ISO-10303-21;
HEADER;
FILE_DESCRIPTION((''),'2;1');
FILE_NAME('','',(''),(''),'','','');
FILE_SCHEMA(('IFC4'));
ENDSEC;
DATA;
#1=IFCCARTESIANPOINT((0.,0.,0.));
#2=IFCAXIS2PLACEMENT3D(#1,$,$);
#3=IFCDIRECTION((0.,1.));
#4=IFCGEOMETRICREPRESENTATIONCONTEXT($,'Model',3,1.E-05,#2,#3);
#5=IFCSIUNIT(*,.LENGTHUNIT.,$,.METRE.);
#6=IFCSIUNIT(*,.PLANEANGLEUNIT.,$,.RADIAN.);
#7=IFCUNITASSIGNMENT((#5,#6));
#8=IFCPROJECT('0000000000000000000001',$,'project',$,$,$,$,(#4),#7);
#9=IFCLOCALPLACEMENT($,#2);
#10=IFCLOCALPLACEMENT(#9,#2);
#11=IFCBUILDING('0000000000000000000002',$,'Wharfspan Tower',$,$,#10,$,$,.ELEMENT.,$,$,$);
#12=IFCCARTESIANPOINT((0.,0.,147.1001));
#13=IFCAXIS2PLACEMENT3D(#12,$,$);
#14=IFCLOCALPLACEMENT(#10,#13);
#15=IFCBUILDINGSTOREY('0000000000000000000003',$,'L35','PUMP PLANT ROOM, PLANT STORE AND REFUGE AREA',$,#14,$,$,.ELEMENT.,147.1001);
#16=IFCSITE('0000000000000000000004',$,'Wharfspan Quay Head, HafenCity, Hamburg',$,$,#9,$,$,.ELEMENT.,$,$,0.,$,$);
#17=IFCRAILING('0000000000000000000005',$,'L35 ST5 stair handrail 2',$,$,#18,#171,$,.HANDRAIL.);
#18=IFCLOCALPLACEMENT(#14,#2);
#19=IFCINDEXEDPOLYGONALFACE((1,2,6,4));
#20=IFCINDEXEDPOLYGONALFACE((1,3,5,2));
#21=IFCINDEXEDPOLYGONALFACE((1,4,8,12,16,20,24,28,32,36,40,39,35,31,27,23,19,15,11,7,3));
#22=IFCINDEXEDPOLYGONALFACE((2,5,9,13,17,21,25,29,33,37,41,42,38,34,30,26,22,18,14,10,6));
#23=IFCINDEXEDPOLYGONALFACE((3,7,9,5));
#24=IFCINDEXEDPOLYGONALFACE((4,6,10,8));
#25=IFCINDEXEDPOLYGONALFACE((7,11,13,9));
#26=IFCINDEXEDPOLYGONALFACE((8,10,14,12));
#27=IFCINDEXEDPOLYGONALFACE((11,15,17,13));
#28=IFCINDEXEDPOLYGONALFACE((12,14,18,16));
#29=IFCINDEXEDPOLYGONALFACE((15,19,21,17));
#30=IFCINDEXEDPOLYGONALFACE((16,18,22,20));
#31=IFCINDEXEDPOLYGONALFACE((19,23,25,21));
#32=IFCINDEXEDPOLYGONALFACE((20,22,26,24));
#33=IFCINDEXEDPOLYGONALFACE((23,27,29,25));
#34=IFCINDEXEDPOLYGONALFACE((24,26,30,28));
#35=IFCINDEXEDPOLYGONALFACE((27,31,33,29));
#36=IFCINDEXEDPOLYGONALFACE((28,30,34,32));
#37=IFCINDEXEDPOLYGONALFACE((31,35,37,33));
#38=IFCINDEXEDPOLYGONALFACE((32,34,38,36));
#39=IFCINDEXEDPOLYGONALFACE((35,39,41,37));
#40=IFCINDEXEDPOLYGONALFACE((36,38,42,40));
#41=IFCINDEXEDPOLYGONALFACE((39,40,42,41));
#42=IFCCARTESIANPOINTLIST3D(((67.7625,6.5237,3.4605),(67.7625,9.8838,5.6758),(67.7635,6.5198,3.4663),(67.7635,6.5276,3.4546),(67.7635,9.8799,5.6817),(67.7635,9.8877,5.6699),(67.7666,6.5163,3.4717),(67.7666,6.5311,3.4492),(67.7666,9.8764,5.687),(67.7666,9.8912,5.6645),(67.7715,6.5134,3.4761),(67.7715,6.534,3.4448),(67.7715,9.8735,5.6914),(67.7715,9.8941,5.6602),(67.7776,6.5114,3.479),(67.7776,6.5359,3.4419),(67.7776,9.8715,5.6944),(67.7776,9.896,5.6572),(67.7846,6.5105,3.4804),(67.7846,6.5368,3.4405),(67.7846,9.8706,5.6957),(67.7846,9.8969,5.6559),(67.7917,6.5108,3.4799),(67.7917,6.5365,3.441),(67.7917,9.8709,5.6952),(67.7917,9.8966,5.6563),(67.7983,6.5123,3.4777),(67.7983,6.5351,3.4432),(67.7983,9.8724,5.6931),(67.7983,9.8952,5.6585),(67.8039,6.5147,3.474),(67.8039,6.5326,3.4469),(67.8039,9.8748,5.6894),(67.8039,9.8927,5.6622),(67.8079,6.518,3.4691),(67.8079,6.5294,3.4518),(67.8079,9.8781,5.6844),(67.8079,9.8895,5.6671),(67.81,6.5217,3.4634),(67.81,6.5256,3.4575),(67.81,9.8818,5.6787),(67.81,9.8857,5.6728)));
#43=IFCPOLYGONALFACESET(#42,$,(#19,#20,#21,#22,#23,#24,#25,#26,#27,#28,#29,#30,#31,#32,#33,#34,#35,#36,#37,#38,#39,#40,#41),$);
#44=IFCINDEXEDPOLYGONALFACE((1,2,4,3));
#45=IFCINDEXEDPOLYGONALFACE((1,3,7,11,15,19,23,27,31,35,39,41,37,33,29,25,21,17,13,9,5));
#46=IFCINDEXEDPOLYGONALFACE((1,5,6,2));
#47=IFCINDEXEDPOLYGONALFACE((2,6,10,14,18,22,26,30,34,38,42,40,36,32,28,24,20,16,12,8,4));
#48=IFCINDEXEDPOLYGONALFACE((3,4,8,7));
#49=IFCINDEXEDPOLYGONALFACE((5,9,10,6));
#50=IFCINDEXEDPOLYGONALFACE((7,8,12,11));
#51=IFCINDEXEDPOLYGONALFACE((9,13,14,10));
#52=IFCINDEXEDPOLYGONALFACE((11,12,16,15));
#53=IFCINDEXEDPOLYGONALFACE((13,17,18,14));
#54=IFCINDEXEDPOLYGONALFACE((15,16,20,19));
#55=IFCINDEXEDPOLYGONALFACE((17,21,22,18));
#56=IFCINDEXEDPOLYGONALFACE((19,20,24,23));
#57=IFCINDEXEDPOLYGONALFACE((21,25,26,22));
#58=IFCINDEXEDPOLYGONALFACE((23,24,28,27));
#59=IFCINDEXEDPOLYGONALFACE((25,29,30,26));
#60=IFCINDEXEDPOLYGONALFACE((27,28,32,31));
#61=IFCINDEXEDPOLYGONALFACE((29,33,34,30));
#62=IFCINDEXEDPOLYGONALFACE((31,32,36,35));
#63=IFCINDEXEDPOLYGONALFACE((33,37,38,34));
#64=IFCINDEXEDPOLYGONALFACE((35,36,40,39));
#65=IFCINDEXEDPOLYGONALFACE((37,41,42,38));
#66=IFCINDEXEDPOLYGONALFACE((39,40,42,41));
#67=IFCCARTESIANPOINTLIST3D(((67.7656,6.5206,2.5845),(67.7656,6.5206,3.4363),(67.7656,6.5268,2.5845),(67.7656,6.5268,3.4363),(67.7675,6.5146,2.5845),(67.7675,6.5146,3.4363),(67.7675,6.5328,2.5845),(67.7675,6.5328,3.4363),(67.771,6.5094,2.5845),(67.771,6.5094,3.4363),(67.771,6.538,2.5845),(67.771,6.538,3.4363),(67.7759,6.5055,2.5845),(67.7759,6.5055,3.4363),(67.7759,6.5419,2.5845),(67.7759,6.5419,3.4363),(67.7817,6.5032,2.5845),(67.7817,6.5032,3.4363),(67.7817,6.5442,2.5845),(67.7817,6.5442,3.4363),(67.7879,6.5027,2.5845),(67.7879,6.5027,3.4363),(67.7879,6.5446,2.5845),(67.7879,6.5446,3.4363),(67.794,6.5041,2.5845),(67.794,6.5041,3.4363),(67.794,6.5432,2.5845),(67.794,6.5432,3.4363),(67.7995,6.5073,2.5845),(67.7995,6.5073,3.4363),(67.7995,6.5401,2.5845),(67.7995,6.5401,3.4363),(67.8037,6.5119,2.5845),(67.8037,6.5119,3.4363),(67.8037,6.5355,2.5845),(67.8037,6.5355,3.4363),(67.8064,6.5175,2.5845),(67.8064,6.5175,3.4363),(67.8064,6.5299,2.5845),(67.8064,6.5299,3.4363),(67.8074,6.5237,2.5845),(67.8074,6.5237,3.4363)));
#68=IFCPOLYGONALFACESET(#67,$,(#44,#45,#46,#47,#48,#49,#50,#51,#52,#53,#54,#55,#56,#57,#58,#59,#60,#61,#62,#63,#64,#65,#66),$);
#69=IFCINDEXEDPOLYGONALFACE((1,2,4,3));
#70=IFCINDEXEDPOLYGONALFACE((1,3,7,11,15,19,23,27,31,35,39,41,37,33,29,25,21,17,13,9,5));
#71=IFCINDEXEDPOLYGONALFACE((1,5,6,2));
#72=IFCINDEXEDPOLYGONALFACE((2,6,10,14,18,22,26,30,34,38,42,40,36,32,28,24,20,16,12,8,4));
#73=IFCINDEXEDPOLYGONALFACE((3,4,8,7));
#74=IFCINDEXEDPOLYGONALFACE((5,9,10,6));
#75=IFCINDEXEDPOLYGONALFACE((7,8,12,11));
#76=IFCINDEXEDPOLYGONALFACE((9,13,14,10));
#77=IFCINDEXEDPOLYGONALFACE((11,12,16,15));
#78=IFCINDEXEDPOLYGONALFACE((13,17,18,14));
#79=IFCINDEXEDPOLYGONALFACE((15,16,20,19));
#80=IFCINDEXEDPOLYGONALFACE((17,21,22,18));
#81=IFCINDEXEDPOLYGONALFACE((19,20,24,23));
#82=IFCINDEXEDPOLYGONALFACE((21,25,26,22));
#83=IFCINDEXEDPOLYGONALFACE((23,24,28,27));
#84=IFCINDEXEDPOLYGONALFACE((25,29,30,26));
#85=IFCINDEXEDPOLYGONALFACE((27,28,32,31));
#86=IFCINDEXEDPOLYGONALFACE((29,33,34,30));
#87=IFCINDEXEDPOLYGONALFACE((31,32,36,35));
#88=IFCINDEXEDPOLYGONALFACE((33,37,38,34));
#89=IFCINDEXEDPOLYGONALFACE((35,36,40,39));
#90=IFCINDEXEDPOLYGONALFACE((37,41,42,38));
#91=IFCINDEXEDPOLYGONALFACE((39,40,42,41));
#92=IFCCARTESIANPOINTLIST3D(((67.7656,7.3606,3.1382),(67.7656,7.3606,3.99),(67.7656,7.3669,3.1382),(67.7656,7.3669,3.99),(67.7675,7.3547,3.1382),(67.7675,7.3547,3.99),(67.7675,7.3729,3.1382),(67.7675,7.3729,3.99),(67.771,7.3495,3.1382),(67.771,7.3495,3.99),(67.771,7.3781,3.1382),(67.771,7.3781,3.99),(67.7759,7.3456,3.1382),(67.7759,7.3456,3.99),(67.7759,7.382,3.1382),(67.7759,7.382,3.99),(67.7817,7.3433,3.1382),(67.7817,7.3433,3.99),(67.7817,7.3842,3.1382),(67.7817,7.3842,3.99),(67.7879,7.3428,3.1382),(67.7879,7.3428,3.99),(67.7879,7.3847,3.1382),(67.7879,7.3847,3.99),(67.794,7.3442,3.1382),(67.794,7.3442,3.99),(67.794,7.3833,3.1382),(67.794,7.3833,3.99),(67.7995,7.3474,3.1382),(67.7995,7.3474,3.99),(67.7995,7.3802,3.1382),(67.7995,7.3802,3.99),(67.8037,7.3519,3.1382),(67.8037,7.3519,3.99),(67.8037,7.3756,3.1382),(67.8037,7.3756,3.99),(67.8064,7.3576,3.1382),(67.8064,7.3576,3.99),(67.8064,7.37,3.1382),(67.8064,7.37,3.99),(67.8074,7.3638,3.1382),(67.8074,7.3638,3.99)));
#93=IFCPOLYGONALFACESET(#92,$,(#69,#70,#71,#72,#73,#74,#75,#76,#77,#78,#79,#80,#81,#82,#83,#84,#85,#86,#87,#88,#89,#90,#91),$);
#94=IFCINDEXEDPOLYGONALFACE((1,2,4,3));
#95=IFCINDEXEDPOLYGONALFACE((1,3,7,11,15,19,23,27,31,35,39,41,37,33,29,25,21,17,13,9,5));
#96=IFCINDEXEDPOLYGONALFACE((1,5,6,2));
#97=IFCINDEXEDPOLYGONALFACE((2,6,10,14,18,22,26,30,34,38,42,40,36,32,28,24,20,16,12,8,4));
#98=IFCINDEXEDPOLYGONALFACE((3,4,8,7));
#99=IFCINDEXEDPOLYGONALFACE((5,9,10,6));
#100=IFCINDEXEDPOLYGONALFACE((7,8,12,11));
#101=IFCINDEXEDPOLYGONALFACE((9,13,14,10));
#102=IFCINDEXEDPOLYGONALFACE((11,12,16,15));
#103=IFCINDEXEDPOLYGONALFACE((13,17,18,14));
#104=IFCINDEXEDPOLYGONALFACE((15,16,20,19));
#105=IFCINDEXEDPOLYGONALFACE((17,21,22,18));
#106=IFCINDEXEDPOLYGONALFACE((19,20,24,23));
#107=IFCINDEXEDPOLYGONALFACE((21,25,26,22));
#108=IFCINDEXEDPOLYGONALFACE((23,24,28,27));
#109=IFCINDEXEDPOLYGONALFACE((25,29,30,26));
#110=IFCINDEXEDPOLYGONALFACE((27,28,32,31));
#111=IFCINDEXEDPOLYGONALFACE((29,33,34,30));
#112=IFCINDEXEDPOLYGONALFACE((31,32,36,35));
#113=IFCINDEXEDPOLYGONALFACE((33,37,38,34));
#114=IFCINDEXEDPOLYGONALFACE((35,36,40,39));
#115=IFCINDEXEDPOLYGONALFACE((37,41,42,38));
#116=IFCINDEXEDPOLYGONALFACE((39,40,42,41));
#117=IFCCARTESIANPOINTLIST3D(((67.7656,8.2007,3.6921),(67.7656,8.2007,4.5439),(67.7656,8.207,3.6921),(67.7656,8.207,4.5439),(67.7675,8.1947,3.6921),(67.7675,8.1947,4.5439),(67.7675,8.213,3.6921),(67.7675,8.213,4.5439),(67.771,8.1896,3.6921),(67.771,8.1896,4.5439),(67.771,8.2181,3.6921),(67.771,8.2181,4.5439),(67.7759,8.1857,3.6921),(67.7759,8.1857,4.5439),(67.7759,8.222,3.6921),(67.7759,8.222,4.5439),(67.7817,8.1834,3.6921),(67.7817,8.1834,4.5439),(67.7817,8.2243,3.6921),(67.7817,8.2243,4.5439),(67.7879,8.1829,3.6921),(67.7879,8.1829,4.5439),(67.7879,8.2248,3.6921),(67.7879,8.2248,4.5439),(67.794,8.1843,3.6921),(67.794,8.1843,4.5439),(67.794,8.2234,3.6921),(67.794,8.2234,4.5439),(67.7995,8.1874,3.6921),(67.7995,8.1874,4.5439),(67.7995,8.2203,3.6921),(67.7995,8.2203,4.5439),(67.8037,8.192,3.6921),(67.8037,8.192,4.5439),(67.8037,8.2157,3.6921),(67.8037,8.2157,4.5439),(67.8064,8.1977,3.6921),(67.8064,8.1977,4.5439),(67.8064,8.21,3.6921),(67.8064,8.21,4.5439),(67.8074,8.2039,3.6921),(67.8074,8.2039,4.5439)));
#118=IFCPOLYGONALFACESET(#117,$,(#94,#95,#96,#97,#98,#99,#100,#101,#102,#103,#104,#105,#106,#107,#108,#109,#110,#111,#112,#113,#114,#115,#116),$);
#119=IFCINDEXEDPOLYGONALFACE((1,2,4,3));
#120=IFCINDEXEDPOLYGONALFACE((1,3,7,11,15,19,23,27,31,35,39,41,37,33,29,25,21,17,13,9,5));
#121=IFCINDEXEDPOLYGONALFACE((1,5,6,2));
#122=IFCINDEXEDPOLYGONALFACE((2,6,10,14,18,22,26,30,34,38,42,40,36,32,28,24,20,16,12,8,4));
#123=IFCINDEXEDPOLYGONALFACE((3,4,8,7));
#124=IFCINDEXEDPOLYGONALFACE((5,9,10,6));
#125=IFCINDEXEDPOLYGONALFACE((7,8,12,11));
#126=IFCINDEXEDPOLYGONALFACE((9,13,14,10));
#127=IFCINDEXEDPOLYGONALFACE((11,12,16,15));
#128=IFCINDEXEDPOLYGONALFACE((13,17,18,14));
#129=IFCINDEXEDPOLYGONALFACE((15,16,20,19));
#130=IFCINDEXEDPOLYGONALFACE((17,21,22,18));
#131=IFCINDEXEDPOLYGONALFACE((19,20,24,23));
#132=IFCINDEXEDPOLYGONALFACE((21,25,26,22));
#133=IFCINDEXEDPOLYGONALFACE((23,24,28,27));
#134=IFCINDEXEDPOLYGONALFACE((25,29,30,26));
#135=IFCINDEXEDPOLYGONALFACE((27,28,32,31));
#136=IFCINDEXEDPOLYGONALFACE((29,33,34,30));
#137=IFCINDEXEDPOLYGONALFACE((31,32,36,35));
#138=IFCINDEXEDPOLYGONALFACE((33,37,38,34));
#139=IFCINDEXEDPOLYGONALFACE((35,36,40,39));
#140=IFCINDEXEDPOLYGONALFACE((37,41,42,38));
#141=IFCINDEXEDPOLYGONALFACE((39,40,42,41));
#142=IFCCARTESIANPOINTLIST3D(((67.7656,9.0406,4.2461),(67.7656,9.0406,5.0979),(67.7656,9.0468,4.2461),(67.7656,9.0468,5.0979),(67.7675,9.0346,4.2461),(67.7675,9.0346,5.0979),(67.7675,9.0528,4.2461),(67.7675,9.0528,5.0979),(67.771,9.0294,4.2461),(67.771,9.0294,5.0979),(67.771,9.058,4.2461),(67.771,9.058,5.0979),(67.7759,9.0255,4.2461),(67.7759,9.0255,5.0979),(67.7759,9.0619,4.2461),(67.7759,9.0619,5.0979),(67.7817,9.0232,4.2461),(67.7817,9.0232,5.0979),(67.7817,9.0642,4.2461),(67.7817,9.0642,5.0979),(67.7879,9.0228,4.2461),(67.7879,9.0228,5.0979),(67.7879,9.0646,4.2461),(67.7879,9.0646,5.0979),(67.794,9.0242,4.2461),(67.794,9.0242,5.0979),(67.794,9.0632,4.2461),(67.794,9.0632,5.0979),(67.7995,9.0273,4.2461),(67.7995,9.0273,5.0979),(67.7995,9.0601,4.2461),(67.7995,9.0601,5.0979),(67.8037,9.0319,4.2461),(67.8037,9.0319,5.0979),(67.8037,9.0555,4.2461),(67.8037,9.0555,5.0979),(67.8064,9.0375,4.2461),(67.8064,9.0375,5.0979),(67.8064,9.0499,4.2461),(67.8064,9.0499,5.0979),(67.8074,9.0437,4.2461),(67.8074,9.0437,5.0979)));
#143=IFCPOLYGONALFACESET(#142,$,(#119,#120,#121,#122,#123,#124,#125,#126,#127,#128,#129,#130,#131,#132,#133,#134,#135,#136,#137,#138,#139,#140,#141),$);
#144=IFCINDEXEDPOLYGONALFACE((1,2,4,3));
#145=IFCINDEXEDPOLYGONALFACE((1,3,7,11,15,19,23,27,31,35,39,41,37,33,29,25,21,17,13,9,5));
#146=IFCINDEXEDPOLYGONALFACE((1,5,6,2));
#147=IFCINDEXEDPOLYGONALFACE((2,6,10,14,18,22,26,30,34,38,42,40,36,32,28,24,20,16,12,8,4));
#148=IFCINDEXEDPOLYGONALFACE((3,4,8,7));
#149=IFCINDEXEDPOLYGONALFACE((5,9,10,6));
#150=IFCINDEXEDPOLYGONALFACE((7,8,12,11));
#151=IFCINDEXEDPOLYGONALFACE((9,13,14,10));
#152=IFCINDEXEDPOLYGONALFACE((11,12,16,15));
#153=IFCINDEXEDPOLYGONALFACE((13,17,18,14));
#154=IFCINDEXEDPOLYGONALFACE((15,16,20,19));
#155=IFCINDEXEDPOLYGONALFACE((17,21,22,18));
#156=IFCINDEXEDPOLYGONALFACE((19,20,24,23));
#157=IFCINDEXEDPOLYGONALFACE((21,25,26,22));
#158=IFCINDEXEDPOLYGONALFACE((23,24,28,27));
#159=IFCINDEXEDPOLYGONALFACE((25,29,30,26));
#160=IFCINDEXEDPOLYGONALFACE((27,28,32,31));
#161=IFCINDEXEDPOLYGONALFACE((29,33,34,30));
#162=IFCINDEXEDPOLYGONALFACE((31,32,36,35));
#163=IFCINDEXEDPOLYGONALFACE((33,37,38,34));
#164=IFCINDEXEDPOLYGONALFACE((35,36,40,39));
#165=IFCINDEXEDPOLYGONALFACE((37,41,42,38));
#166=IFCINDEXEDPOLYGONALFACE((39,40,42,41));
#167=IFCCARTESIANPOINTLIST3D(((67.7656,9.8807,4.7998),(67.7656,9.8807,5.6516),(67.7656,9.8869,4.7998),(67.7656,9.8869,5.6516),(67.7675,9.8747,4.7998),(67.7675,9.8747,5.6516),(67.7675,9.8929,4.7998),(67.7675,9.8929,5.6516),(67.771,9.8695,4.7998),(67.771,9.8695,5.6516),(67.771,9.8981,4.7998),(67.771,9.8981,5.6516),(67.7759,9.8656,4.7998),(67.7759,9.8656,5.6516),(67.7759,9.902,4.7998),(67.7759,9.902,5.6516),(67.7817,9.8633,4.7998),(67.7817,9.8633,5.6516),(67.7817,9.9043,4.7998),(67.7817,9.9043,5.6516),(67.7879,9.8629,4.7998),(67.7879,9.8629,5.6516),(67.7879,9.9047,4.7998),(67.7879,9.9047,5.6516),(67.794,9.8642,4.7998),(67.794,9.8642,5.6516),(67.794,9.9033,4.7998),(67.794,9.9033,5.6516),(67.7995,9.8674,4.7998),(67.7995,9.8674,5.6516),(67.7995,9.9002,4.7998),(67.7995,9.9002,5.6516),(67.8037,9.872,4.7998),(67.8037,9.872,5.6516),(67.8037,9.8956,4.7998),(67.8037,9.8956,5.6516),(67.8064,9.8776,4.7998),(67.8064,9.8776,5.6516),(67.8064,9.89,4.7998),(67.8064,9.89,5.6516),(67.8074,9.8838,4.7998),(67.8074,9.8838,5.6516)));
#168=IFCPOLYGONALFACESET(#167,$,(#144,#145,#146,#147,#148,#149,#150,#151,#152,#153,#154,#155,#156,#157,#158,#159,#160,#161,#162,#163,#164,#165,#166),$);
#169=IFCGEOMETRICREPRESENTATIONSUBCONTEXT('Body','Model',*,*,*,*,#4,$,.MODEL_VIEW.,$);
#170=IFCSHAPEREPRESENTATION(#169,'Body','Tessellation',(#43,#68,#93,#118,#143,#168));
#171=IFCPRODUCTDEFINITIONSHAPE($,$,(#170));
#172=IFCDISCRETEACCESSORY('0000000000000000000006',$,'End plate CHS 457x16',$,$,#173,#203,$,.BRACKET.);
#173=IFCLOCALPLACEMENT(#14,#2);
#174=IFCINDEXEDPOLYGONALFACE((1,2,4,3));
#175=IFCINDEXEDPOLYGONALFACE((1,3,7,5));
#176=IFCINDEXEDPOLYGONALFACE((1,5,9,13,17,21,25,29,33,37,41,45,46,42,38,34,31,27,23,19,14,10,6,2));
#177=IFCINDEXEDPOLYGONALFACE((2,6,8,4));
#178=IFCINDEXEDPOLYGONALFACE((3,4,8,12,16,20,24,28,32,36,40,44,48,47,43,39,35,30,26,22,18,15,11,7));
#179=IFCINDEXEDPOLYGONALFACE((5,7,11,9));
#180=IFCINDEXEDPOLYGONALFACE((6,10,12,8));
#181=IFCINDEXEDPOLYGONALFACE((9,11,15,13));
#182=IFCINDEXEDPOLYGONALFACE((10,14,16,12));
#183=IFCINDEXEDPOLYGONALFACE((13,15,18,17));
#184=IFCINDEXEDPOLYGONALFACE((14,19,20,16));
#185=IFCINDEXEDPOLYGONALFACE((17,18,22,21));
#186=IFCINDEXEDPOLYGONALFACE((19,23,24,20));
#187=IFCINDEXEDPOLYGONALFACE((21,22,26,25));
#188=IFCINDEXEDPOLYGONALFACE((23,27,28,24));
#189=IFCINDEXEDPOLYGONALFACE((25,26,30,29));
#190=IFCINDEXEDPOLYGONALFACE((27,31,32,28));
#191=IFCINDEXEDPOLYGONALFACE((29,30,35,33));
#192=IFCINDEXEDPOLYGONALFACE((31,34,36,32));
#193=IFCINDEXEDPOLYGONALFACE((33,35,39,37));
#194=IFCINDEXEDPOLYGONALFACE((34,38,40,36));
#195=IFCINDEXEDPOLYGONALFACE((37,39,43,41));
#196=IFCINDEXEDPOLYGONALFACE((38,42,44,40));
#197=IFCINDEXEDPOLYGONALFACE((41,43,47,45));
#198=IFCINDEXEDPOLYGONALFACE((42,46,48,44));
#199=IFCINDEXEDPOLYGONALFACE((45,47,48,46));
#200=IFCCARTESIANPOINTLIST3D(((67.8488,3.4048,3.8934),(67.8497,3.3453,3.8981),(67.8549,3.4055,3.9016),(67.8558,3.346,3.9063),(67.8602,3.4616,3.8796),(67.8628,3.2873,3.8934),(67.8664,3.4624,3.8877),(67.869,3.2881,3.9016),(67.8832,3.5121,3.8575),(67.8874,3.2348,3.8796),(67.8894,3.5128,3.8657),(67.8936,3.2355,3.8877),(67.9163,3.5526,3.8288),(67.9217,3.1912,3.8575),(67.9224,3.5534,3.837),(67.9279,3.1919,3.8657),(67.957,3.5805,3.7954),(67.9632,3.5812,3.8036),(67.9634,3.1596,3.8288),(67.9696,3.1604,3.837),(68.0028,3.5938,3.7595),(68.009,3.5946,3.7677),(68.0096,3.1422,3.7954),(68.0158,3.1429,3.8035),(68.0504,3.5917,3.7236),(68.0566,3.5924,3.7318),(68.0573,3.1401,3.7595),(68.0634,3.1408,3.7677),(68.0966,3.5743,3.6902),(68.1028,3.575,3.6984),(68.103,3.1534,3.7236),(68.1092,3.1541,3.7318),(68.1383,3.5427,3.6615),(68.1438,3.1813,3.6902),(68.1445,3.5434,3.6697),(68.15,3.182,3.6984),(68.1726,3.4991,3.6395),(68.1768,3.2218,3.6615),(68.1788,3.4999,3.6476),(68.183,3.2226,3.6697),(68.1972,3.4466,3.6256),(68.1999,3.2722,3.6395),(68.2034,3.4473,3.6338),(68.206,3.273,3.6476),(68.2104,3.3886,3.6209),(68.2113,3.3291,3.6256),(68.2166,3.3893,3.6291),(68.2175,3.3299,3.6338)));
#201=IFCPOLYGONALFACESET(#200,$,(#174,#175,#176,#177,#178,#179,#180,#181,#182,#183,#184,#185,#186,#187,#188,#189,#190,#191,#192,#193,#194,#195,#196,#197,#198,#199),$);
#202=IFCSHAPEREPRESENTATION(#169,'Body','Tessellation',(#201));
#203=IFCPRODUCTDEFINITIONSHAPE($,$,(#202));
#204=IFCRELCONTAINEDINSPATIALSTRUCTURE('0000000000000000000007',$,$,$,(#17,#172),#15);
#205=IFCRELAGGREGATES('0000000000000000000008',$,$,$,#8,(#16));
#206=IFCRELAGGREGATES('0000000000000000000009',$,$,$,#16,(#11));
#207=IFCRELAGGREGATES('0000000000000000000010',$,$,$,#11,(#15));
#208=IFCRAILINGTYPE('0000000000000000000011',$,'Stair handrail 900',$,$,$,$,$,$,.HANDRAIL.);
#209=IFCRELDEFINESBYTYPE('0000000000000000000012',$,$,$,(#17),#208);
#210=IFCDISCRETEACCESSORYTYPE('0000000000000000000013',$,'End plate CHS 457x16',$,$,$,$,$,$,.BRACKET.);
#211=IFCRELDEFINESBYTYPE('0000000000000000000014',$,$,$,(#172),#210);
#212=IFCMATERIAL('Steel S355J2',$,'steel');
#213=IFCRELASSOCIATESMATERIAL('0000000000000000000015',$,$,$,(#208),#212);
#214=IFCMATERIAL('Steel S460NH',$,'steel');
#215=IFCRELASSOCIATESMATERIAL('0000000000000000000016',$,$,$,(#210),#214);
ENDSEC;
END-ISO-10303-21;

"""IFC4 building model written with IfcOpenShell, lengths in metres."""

from ifc_helpers import new_model, si_unit, direction, frame, origin, origin_2d, place, context, subcontext, project, spatial, circle, extrude, material, material_profile, profile_set, type_object, element, save


model = new_model("IFC4")

# Units and contexts
model_context = context("Model", 3, precision=1e-05, world=origin(), true_north=direction((0.0, 1.0)))
body_context = subcontext(model_context, "Body", "Model", "MODEL_VIEW")
ifc_project = project(units=[si_unit("LENGTHUNIT", "METRE"), si_unit("PLANEANGLEUNIT", "RADIAN")], contexts=[model_context])

# Site, building, storey
site_placement = place(None, origin())
site = spatial("IfcSite", under=ifc_project, at=site_placement, Name="Wharfspan Quay Head, HafenCity, Hamburg", CompositionType="ELEMENT", RefElevation=0.0)
building_placement = place(site_placement, origin())
building = spatial("IfcBuilding", under=site, at=building_placement, Name="Wharfspan Tower", CompositionType="ELEMENT")
storey_placement = place(building_placement, frame((0.0, 0.0, 147.1001)))
storey = spatial("IfcBuildingStorey", under=building, at=storey_placement, Name="L35", Description="PUMP PLANT ROOM, PLANT STORE AND REFUGE AREA", CompositionType="ELEMENT", Elevation=147.1001)

# Shared definitions
ifc_material_1 = material(Name="Steel S355J2", Category="steel")

# Shared definitions
ifc_material_2 = material(Name="Steel S460NH", Category="steel")

# Railing
railing_type_1 = type_object("IfcRailingType", Name="Stair handrail 900", PredefinedType="HANDRAIL", material=ifc_material_1)
railing_1_placement = place(storey_placement, frame((67.7864, 6.5237, 2.5845)))
element("IfcRailing", 1, at=railing_1_placement, inside=storey, type_object=railing_type_1, Name="L35 ST5 stair handrail 2", PredefinedType="HANDRAIL", context=body_context, shape_type="SweptSolid", body=[
    extrude(circle(Radius=0.0239, at=origin_2d()), frame((0.0, 0.0, 0.876), z_axis=(0.0, 0.834876, 0.550437), x_axis=(-1.0, 0.0, 0.0)), (0.0, 0.0, 1.0), 4.0247),
    extrude(circle(Radius=0.021, at=origin_2d()), origin(), (0.0, 0.0, 1.0), 0.8518),
    extrude(circle(Radius=0.021, at=origin_2d()), frame((0.0, 0.8401, 0.5537)), (0.0, 0.0, 1.0), 0.8518),
    extrude(circle(Radius=0.021, at=origin_2d()), frame((0.0, 1.6802, 1.1077)), (0.0, 0.0, 1.0), 0.8518),
    extrude(circle(Radius=0.021, at=origin_2d()), frame((0.0, 2.52, 1.6616)), (0.0, 0.0, 1.0), 0.8518),
    extrude(circle(Radius=0.021, at=origin_2d()), frame((0.0, 3.3601, 2.2153)), (0.0, 0.0, 1.0), 0.8518),
])

# Discrete accessory
ifc_material_profile_1 = material_profile(ifc_material_2, circle(Radius=0.2285, at=origin_2d()))
ifc_profile_set_1 = profile_set([ifc_material_profile_1], Name="Steel S460NH")
discrete_accessory_type_1 = type_object("IfcDiscreteAccessoryType", Name="End plate CHS 457x16", PredefinedType="BRACKET", material=ifc_profile_set_1)
discrete_accessory_placement = place(storey_placement, frame((68.03, 3.3669, 3.7595), z_axis=(0.602279, 0.072273, 0.795008), x_axis=(-0.119146, 0.992879, 0.000001)))
element("IfcDiscreteAccessory", 2, at=discrete_accessory_placement, inside=storey, type_object=discrete_accessory_type_1, Name="End plate CHS 457x16", PredefinedType="BRACKET", context=body_context, shape_type="SweptSolid", body=[
    extrude(circle(Radius=0.2285, at=origin_2d()), origin(), (0.0, 0.0, 1.0), 0.0103),
])

save(model, "model.ifc")
